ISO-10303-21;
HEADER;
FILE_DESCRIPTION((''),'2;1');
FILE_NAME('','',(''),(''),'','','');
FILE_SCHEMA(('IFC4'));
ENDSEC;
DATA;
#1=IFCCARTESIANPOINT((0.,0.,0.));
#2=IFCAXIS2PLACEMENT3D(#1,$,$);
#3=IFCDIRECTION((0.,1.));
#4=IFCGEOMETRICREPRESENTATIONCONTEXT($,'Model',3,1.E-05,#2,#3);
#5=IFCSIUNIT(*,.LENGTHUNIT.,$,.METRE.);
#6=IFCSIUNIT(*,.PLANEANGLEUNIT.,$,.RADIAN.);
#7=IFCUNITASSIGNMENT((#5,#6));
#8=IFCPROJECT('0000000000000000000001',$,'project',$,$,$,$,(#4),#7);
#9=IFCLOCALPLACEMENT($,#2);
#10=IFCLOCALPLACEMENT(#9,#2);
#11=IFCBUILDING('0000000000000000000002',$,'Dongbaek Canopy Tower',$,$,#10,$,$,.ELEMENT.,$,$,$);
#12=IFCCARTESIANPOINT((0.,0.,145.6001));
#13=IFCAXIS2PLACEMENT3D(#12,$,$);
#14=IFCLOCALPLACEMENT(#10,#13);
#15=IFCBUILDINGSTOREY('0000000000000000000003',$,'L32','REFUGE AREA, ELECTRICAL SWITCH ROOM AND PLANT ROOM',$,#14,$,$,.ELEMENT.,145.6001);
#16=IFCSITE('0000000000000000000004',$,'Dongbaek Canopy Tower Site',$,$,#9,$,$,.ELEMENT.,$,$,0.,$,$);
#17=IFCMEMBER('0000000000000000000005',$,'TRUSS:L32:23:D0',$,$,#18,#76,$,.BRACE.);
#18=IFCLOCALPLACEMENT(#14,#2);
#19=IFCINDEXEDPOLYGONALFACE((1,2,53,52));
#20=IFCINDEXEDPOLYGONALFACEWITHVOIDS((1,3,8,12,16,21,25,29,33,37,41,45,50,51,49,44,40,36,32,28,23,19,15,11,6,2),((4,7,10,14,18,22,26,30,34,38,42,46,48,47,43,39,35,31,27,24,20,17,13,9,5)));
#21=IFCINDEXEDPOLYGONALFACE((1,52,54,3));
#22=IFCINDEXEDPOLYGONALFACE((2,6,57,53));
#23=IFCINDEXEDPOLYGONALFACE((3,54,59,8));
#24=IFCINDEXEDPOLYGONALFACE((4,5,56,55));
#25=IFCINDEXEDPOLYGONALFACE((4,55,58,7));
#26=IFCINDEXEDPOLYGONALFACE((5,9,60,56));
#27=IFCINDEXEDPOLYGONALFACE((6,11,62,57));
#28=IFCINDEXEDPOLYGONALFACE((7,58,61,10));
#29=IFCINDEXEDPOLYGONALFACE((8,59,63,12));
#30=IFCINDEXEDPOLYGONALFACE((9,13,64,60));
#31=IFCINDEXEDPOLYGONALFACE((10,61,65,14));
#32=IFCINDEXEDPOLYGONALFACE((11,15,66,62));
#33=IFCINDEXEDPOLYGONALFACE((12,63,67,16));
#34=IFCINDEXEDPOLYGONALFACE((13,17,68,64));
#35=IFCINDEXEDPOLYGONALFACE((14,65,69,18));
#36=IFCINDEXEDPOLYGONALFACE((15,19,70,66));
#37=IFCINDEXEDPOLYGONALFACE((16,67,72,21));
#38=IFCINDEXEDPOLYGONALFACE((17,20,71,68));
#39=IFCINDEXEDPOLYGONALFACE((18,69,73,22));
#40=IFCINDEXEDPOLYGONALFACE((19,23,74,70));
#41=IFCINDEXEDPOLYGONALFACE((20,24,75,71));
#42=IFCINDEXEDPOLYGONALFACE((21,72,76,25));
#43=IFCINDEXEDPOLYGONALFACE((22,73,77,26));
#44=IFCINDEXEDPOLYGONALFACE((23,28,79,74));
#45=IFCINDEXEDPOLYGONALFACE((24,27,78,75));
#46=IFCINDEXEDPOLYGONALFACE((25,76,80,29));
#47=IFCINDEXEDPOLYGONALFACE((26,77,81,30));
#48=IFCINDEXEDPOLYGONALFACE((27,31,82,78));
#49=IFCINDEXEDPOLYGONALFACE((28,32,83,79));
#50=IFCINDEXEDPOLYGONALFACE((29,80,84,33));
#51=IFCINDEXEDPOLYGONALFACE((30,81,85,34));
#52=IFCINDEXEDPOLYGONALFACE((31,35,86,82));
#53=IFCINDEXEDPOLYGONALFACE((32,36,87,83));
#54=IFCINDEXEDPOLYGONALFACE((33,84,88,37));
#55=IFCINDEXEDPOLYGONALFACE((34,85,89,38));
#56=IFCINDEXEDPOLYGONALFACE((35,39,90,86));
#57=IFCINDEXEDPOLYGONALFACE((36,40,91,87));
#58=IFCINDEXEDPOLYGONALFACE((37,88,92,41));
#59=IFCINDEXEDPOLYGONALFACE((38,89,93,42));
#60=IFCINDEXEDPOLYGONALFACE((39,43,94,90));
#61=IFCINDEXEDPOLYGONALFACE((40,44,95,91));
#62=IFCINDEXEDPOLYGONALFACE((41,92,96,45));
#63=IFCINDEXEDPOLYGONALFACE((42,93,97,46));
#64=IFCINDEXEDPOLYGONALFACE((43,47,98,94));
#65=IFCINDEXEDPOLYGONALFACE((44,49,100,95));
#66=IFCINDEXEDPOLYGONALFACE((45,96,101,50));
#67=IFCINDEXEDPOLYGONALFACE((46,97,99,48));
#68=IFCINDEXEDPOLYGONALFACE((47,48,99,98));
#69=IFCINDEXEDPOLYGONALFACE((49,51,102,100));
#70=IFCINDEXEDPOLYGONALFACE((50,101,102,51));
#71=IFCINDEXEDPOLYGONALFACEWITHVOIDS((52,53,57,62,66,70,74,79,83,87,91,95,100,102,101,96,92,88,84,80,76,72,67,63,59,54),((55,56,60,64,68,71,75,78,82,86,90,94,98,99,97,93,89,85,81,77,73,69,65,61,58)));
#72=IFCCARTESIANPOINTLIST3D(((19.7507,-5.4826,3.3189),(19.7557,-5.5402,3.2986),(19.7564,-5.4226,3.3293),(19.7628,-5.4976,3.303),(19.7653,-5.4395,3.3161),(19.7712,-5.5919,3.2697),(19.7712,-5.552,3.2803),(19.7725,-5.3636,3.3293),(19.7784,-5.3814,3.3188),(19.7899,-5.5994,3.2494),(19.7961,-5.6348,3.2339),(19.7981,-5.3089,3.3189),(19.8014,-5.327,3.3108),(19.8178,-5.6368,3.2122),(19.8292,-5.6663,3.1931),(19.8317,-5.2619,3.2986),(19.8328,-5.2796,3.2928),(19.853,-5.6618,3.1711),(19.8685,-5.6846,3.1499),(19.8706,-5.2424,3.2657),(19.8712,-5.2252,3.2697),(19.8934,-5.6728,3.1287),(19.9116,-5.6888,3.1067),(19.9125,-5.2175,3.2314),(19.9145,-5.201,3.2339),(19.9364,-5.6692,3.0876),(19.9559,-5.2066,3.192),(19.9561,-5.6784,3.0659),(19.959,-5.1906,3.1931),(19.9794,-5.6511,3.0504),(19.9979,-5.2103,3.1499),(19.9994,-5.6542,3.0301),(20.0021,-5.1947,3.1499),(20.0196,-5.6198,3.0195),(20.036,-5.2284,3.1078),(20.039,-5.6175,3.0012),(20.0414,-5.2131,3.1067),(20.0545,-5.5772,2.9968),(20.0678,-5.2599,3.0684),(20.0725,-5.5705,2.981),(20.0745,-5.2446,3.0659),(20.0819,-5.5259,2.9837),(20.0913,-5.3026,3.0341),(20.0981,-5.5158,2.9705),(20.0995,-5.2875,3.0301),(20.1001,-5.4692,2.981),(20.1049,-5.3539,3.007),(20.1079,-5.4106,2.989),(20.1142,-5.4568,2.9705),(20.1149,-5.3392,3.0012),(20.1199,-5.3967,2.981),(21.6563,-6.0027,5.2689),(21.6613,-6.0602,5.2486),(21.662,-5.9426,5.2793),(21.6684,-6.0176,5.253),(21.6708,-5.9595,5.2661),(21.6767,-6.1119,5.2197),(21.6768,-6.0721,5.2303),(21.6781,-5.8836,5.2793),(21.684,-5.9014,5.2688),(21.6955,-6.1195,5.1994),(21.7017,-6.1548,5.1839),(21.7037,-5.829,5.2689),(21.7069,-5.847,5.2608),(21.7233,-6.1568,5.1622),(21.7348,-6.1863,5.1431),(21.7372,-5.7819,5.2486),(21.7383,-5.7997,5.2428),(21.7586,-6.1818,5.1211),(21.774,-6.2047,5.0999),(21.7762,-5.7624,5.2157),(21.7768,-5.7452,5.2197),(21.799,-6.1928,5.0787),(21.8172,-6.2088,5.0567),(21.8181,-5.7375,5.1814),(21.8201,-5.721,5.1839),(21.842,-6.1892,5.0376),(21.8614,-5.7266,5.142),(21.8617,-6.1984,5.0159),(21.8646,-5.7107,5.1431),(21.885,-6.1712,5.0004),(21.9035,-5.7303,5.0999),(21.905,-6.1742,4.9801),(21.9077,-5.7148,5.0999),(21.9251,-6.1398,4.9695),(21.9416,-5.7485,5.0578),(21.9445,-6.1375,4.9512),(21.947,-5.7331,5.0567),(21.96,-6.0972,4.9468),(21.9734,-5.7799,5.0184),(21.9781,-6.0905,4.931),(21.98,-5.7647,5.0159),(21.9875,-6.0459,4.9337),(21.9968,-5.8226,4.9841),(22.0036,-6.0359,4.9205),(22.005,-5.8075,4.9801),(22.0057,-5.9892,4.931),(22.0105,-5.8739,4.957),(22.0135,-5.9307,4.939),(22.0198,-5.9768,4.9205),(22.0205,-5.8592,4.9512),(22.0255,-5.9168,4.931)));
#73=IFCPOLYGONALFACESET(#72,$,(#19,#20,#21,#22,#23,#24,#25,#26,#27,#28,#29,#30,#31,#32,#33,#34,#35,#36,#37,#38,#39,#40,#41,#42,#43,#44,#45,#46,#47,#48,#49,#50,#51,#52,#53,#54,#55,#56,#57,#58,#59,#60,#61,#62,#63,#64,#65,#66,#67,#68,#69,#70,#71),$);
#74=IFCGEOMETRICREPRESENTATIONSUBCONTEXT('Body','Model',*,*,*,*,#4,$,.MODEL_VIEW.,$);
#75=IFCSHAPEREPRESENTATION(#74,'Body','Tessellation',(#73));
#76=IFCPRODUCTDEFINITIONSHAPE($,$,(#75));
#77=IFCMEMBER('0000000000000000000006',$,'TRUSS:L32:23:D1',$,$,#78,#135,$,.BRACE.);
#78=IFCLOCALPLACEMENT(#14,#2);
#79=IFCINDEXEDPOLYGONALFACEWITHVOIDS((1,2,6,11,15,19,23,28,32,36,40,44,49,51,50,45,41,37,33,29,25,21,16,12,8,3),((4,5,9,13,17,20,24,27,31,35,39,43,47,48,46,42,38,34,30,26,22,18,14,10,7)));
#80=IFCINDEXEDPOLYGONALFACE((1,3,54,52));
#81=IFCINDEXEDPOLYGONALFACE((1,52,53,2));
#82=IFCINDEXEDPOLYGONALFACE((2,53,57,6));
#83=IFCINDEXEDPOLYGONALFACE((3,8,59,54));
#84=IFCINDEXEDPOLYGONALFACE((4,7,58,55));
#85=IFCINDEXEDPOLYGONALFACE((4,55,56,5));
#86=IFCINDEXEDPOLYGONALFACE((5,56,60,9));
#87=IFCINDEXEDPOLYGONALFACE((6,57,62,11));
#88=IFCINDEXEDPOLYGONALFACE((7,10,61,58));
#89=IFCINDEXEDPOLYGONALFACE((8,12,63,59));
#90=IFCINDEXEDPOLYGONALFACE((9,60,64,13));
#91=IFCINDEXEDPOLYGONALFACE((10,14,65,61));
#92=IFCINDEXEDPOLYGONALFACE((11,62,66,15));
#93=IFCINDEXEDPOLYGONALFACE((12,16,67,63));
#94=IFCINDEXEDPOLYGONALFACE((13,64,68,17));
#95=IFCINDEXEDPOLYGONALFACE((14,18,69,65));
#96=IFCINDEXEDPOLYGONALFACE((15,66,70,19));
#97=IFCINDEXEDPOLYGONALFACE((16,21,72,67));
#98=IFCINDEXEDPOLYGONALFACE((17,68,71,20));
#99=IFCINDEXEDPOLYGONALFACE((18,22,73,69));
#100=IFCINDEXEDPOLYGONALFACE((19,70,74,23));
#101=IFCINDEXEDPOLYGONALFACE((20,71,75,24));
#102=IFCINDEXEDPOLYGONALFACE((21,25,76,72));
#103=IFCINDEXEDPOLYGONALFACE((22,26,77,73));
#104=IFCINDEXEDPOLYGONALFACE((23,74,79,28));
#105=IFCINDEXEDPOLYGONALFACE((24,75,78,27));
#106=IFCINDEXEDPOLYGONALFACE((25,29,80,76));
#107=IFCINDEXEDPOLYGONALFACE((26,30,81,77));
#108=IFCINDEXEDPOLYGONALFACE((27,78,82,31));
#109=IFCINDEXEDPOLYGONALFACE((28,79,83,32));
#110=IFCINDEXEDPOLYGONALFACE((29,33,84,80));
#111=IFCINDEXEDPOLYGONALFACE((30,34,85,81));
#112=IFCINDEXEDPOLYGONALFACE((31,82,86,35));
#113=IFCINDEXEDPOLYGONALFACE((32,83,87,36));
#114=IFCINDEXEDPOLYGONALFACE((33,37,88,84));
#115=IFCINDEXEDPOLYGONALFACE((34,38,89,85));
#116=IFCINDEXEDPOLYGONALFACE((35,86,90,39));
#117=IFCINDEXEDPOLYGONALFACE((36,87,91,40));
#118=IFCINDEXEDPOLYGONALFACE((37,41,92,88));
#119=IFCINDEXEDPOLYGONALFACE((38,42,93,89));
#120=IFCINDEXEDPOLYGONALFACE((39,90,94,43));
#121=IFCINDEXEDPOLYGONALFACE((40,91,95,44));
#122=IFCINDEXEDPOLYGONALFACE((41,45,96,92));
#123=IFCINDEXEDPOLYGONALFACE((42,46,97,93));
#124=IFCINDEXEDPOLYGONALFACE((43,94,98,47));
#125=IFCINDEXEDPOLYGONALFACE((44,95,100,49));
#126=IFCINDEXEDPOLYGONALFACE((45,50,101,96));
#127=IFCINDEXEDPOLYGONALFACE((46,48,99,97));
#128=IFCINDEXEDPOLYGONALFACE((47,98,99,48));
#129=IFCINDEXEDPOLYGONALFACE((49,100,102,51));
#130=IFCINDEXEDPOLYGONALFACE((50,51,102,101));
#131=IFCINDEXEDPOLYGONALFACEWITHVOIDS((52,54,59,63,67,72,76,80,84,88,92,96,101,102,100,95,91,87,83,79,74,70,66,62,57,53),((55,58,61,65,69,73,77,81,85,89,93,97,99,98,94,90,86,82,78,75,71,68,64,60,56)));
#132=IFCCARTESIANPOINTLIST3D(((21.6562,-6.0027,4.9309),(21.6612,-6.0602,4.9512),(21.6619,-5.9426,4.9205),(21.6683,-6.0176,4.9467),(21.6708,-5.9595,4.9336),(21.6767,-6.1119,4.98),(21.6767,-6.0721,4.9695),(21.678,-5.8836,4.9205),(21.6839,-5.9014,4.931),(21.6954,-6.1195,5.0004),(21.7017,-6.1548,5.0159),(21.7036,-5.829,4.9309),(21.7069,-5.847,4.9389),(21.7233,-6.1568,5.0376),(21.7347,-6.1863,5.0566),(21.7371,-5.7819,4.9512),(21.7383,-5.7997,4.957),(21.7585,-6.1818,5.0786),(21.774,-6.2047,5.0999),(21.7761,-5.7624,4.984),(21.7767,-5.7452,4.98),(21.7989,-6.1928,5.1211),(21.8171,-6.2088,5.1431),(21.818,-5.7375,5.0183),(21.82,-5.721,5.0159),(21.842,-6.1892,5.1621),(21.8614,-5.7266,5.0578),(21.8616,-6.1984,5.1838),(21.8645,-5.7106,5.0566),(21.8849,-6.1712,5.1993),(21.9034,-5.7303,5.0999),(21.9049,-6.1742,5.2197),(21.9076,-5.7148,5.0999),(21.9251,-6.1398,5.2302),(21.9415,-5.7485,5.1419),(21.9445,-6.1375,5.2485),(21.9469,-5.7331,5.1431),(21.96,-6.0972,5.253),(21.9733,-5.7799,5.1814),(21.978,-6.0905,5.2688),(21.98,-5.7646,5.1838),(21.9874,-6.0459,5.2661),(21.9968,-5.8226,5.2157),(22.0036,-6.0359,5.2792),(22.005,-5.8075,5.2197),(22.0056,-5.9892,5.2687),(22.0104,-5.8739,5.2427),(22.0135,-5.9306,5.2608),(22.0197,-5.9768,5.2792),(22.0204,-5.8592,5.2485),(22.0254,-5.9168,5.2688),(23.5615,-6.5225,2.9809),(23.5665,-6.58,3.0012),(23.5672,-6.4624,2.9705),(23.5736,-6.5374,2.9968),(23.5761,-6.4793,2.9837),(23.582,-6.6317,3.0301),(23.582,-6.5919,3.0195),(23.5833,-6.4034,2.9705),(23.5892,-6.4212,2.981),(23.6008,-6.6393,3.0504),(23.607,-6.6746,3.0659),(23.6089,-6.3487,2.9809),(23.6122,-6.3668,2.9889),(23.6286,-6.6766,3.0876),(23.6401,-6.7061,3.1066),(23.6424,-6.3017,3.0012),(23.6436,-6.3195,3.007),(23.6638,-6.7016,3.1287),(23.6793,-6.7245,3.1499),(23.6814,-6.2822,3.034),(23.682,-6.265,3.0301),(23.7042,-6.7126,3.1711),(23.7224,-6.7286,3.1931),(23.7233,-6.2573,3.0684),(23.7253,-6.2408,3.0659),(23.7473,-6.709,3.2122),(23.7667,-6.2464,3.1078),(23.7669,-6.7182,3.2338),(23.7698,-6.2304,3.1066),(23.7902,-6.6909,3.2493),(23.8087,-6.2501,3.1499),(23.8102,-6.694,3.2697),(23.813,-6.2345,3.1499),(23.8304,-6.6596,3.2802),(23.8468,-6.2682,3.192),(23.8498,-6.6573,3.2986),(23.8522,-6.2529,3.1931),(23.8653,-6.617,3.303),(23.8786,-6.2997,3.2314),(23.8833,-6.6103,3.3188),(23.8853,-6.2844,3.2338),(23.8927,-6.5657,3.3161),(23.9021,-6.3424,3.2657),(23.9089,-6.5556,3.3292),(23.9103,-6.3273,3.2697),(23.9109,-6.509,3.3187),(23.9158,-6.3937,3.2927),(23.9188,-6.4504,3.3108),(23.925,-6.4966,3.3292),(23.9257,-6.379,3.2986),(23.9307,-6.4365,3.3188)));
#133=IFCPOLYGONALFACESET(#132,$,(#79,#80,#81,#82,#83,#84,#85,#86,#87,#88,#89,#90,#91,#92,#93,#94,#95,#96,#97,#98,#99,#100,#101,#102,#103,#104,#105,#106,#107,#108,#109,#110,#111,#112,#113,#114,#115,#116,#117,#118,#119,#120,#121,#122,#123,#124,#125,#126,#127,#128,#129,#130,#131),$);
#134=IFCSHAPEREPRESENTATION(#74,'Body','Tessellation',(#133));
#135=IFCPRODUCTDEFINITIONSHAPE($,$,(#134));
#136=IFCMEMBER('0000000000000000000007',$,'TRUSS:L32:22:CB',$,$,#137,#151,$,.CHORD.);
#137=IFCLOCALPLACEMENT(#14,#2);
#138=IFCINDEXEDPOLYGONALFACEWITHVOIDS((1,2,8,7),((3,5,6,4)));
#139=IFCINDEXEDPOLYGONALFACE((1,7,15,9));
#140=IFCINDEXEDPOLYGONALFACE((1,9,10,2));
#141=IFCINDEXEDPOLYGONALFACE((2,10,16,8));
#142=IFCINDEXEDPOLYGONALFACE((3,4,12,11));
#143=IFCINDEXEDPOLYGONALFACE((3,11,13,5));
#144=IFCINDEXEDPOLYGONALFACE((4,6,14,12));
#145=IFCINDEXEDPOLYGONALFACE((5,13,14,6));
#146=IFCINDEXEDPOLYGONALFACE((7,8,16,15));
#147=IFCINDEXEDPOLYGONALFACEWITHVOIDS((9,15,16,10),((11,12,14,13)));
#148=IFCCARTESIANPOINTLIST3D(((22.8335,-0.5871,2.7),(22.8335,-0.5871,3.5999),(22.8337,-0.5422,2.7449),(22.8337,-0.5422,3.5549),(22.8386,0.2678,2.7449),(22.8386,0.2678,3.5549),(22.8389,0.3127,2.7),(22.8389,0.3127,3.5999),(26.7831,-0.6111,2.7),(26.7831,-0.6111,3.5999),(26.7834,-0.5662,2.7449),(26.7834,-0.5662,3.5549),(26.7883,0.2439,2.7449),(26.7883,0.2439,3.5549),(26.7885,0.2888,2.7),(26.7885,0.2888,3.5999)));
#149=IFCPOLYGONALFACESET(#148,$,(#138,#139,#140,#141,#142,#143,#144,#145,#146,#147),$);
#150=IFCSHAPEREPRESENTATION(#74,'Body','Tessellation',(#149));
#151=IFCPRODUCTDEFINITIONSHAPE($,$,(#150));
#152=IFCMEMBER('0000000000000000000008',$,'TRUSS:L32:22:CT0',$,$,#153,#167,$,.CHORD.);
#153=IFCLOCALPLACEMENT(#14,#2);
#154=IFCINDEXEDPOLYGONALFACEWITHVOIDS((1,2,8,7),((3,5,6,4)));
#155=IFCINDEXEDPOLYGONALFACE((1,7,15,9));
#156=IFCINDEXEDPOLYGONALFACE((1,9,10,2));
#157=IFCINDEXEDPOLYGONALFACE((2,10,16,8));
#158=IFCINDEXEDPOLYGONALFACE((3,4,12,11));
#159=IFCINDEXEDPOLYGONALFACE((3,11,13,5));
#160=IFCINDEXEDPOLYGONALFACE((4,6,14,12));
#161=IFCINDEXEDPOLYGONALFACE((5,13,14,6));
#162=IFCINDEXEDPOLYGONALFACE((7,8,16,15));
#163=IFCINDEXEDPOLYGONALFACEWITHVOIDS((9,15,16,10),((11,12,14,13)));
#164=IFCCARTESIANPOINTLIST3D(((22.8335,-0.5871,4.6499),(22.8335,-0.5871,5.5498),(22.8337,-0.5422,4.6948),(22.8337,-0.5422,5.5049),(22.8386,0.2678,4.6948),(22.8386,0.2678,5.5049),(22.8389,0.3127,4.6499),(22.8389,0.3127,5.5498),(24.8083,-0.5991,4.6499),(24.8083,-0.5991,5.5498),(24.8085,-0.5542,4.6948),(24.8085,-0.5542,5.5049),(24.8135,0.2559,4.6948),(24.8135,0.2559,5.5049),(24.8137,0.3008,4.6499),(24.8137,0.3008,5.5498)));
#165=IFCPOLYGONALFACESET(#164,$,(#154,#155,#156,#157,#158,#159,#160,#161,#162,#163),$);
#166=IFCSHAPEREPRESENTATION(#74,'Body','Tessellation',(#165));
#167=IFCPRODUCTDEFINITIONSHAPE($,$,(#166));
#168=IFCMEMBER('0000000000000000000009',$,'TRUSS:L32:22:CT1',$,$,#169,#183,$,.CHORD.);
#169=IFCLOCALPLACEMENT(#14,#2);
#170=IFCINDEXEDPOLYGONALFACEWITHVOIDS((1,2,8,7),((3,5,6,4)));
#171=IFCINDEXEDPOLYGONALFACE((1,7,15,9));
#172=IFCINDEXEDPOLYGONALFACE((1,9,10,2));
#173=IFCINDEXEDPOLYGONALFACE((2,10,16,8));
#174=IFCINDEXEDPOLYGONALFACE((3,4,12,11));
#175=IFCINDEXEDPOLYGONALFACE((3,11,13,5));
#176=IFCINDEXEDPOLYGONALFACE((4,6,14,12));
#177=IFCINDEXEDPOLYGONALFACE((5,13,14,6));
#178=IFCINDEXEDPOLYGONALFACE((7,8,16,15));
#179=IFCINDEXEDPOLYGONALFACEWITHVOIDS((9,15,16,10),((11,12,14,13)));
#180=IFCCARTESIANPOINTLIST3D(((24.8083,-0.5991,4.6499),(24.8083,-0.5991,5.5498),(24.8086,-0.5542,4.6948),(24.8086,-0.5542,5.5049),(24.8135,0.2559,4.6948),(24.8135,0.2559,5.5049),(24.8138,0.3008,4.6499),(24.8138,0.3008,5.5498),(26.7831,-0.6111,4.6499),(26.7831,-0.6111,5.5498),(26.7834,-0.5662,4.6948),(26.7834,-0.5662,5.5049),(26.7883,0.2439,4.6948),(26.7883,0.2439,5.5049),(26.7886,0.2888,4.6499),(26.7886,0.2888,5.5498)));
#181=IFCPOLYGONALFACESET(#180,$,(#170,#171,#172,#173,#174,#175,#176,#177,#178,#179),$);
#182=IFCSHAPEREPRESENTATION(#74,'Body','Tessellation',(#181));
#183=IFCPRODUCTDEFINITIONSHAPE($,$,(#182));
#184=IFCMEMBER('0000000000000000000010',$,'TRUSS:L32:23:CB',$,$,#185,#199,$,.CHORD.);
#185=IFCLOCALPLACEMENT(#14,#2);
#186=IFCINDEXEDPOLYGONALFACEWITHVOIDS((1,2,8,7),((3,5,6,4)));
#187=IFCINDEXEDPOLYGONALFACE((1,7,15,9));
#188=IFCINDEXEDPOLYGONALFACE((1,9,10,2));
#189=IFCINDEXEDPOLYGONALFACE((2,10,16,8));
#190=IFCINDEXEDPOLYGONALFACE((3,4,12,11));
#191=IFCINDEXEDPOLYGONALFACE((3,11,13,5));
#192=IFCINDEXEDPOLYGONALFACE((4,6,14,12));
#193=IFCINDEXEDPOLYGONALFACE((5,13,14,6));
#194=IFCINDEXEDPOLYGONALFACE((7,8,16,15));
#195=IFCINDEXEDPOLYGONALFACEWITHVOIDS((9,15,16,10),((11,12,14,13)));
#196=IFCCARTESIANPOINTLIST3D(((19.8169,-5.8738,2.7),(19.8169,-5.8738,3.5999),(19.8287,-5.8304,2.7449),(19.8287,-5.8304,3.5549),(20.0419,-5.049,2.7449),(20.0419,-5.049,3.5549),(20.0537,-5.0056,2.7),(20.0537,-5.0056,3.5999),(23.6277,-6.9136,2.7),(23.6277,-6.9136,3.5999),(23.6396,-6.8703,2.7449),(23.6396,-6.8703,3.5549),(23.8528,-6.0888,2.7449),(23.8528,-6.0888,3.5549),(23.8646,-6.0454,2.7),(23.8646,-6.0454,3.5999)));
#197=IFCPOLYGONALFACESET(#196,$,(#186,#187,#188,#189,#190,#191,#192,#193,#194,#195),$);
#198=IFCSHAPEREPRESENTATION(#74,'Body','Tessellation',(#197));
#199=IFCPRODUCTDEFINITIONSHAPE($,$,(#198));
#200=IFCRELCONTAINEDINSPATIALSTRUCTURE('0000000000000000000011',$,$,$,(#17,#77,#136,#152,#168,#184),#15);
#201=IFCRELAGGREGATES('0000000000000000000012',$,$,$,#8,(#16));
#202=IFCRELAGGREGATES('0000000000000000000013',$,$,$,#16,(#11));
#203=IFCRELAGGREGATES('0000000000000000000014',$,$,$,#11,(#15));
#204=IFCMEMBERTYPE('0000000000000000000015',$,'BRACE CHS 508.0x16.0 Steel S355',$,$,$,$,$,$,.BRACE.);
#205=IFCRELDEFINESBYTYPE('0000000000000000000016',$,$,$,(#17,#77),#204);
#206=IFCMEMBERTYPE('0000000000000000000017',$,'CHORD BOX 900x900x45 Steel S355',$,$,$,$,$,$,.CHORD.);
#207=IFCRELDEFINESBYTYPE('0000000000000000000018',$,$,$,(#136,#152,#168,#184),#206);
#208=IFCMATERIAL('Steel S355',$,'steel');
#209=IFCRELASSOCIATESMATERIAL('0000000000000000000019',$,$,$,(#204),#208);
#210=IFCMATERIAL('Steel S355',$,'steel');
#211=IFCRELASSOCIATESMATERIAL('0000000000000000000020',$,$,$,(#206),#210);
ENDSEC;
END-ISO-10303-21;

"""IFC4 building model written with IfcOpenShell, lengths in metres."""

from ifc_helpers import new_model, si_unit, direction, frame, origin, origin_2d, place, context, subcontext, project, spatial, hollow_rectangle, hollow_circle, extrude, material, material_profile, profile_set, type_object, element, save


model = new_model("IFC4")

# Units and contexts
model_context = context("Model", 3, precision=1e-05, world=origin(), true_north=direction((0.0, 1.0)))
body_context = subcontext(model_context, "Body", "Model", "MODEL_VIEW")
ifc_project = project(units=[si_unit("LENGTHUNIT", "METRE"), si_unit("PLANEANGLEUNIT", "RADIAN")], contexts=[model_context])

# Site, building, storey
site_placement = place(None, origin())
site = spatial("IfcSite", under=ifc_project, at=site_placement, Name="Dongbaek Canopy Tower Site", CompositionType="ELEMENT", RefElevation=0.0)
building_placement = place(site_placement, origin())
building = spatial("IfcBuilding", under=site, at=building_placement, Name="Dongbaek Canopy Tower", CompositionType="ELEMENT")
storey_placement = place(building_placement, frame((0.0, 0.0, 145.6001)))
storey = spatial("IfcBuildingStorey", under=building, at=storey_placement, Name="L32", Description="REFUGE AREA, ELECTRICAL SWITCH ROOM AND PLANT ROOM", CompositionType="ELEMENT", Elevation=145.6001)

# Members
ifc_material_1 = material(Name="Steel S355", Category="steel")
ifc_material_profile_1 = material_profile(ifc_material_1, hollow_circle(Radius=0.2539, WallThickness=0.0161, at=origin_2d()), Name="BRACE CHS 508.0x16.0 Steel S355")
ifc_profile_set_1 = profile_set([ifc_material_profile_1], Name="Steel S355")
member_type_1 = type_object("IfcMemberType", Name="BRACE CHS 508.0x16.0 Steel S355", PredefinedType="BRACE", material=ifc_profile_set_1)
member_1_placement = place(storey_placement, frame((19.9353, -5.4397, 3.1499), z_axis=(0.686535, -0.187357, 0.702544), x_axis=(0.263274, 0.964721, 0.0)))
element("IfcMember", 1, at=member_1_placement, inside=storey, type_object=member_type_1, Name="TRUSS:L32:23:D0", PredefinedType="BRACE", context=body_context, shape_type="SweptSolid", body=[
    extrude(hollow_circle(Radius=0.2539, WallThickness=0.0161, at=origin_2d()), origin(), (0.0, 0.0, 1.0), 2.7756),
])
member_2_placement = place(storey_placement, frame((21.8408, -5.9597, 5.0999), z_axis=(0.6865, -0.187283, -0.702598), x_axis=(0.263191, 0.964744, 0.0)))
element("IfcMember", 2, at=member_2_placement, inside=storey, type_object=member_type_1, Name="TRUSS:L32:23:D1", PredefinedType="BRACE", context=body_context, shape_type="SweptSolid", body=[
    extrude(hollow_circle(Radius=0.2539, WallThickness=0.0161, at=origin_2d()), origin(), (0.0, 0.0, 1.0), 2.7754),
])
ifc_material_2 = material(Name="Steel S355", Category="steel")
ifc_material_profile_2 = material_profile(ifc_material_2, hollow_rectangle(XDim=0.8999, YDim=0.8999, WallThickness=0.0449, at=origin_2d()), Name="CHORD BOX 900x900x45 Steel S355")
ifc_profile_set_2 = profile_set([ifc_material_profile_2], Name="Steel S355")
member_type_2 = type_object("IfcMemberType", Name="CHORD BOX 900x900x45 Steel S355", PredefinedType="CHORD", material=ifc_profile_set_2)
member_3_placement = place(storey_placement, frame((22.8362, -0.1372, 3.1499), z_axis=(0.999982, -0.006057, 0.0), x_axis=(0.006057, 0.999982, 0.0)))
element("IfcMember", 3, at=member_3_placement, inside=storey, type_object=member_type_2, Name="TRUSS:L32:22:CB", PredefinedType="CHORD", context=body_context, shape_type="SweptSolid", body=[
    extrude(hollow_rectangle(XDim=0.8999, YDim=0.8999, WallThickness=0.0449, at=origin_2d()), origin(), (0.0, 0.0, 1.0), 3.9497),
])
for number, where, z_axis, x_axis, name in (
    (4, (22.8362, -0.1372, 5.0999), (0.999982, -0.006057, 0.0), (0.006057, 0.999982, 0.0), "TRUSS:L32:22:CT0"),
    (5, (24.811, -0.1492, 5.0999), (0.999982, -0.006057, 0.0), (0.006057, 0.999982, 0.0), "TRUSS:L32:22:CT1"),
):
    element("IfcMember", number, at=place(storey_placement, frame(where, z_axis=z_axis, x_axis=x_axis)), inside=storey, type_object=member_type_2, Name=name, PredefinedType="CHORD", context=body_context, shape_type="SweptSolid", body=[
        extrude(hollow_rectangle(XDim=0.8999, YDim=0.8999, WallThickness=0.0449, at=origin_2d()), origin(), (0.0, 0.0, 1.0), 1.9749),
    ])
member_4_placement = place(storey_placement, frame((19.9353, -5.4397, 3.1499), z_axis=(0.964732, -0.263232, 0.0), x_axis=(0.263232, 0.964732, 0.0)))
element("IfcMember", 6, at=member_4_placement, inside=storey, type_object=member_type_2, Name="TRUSS:L32:23:CB", PredefinedType="CHORD", context=body_context, shape_type="SweptSolid", body=[
    extrude(hollow_rectangle(XDim=0.8999, YDim=0.8999, WallThickness=0.0449, at=origin_2d()), origin(), (0.0, 0.0, 1.0), 3.9502),
])

save(model, "model.ifc")
